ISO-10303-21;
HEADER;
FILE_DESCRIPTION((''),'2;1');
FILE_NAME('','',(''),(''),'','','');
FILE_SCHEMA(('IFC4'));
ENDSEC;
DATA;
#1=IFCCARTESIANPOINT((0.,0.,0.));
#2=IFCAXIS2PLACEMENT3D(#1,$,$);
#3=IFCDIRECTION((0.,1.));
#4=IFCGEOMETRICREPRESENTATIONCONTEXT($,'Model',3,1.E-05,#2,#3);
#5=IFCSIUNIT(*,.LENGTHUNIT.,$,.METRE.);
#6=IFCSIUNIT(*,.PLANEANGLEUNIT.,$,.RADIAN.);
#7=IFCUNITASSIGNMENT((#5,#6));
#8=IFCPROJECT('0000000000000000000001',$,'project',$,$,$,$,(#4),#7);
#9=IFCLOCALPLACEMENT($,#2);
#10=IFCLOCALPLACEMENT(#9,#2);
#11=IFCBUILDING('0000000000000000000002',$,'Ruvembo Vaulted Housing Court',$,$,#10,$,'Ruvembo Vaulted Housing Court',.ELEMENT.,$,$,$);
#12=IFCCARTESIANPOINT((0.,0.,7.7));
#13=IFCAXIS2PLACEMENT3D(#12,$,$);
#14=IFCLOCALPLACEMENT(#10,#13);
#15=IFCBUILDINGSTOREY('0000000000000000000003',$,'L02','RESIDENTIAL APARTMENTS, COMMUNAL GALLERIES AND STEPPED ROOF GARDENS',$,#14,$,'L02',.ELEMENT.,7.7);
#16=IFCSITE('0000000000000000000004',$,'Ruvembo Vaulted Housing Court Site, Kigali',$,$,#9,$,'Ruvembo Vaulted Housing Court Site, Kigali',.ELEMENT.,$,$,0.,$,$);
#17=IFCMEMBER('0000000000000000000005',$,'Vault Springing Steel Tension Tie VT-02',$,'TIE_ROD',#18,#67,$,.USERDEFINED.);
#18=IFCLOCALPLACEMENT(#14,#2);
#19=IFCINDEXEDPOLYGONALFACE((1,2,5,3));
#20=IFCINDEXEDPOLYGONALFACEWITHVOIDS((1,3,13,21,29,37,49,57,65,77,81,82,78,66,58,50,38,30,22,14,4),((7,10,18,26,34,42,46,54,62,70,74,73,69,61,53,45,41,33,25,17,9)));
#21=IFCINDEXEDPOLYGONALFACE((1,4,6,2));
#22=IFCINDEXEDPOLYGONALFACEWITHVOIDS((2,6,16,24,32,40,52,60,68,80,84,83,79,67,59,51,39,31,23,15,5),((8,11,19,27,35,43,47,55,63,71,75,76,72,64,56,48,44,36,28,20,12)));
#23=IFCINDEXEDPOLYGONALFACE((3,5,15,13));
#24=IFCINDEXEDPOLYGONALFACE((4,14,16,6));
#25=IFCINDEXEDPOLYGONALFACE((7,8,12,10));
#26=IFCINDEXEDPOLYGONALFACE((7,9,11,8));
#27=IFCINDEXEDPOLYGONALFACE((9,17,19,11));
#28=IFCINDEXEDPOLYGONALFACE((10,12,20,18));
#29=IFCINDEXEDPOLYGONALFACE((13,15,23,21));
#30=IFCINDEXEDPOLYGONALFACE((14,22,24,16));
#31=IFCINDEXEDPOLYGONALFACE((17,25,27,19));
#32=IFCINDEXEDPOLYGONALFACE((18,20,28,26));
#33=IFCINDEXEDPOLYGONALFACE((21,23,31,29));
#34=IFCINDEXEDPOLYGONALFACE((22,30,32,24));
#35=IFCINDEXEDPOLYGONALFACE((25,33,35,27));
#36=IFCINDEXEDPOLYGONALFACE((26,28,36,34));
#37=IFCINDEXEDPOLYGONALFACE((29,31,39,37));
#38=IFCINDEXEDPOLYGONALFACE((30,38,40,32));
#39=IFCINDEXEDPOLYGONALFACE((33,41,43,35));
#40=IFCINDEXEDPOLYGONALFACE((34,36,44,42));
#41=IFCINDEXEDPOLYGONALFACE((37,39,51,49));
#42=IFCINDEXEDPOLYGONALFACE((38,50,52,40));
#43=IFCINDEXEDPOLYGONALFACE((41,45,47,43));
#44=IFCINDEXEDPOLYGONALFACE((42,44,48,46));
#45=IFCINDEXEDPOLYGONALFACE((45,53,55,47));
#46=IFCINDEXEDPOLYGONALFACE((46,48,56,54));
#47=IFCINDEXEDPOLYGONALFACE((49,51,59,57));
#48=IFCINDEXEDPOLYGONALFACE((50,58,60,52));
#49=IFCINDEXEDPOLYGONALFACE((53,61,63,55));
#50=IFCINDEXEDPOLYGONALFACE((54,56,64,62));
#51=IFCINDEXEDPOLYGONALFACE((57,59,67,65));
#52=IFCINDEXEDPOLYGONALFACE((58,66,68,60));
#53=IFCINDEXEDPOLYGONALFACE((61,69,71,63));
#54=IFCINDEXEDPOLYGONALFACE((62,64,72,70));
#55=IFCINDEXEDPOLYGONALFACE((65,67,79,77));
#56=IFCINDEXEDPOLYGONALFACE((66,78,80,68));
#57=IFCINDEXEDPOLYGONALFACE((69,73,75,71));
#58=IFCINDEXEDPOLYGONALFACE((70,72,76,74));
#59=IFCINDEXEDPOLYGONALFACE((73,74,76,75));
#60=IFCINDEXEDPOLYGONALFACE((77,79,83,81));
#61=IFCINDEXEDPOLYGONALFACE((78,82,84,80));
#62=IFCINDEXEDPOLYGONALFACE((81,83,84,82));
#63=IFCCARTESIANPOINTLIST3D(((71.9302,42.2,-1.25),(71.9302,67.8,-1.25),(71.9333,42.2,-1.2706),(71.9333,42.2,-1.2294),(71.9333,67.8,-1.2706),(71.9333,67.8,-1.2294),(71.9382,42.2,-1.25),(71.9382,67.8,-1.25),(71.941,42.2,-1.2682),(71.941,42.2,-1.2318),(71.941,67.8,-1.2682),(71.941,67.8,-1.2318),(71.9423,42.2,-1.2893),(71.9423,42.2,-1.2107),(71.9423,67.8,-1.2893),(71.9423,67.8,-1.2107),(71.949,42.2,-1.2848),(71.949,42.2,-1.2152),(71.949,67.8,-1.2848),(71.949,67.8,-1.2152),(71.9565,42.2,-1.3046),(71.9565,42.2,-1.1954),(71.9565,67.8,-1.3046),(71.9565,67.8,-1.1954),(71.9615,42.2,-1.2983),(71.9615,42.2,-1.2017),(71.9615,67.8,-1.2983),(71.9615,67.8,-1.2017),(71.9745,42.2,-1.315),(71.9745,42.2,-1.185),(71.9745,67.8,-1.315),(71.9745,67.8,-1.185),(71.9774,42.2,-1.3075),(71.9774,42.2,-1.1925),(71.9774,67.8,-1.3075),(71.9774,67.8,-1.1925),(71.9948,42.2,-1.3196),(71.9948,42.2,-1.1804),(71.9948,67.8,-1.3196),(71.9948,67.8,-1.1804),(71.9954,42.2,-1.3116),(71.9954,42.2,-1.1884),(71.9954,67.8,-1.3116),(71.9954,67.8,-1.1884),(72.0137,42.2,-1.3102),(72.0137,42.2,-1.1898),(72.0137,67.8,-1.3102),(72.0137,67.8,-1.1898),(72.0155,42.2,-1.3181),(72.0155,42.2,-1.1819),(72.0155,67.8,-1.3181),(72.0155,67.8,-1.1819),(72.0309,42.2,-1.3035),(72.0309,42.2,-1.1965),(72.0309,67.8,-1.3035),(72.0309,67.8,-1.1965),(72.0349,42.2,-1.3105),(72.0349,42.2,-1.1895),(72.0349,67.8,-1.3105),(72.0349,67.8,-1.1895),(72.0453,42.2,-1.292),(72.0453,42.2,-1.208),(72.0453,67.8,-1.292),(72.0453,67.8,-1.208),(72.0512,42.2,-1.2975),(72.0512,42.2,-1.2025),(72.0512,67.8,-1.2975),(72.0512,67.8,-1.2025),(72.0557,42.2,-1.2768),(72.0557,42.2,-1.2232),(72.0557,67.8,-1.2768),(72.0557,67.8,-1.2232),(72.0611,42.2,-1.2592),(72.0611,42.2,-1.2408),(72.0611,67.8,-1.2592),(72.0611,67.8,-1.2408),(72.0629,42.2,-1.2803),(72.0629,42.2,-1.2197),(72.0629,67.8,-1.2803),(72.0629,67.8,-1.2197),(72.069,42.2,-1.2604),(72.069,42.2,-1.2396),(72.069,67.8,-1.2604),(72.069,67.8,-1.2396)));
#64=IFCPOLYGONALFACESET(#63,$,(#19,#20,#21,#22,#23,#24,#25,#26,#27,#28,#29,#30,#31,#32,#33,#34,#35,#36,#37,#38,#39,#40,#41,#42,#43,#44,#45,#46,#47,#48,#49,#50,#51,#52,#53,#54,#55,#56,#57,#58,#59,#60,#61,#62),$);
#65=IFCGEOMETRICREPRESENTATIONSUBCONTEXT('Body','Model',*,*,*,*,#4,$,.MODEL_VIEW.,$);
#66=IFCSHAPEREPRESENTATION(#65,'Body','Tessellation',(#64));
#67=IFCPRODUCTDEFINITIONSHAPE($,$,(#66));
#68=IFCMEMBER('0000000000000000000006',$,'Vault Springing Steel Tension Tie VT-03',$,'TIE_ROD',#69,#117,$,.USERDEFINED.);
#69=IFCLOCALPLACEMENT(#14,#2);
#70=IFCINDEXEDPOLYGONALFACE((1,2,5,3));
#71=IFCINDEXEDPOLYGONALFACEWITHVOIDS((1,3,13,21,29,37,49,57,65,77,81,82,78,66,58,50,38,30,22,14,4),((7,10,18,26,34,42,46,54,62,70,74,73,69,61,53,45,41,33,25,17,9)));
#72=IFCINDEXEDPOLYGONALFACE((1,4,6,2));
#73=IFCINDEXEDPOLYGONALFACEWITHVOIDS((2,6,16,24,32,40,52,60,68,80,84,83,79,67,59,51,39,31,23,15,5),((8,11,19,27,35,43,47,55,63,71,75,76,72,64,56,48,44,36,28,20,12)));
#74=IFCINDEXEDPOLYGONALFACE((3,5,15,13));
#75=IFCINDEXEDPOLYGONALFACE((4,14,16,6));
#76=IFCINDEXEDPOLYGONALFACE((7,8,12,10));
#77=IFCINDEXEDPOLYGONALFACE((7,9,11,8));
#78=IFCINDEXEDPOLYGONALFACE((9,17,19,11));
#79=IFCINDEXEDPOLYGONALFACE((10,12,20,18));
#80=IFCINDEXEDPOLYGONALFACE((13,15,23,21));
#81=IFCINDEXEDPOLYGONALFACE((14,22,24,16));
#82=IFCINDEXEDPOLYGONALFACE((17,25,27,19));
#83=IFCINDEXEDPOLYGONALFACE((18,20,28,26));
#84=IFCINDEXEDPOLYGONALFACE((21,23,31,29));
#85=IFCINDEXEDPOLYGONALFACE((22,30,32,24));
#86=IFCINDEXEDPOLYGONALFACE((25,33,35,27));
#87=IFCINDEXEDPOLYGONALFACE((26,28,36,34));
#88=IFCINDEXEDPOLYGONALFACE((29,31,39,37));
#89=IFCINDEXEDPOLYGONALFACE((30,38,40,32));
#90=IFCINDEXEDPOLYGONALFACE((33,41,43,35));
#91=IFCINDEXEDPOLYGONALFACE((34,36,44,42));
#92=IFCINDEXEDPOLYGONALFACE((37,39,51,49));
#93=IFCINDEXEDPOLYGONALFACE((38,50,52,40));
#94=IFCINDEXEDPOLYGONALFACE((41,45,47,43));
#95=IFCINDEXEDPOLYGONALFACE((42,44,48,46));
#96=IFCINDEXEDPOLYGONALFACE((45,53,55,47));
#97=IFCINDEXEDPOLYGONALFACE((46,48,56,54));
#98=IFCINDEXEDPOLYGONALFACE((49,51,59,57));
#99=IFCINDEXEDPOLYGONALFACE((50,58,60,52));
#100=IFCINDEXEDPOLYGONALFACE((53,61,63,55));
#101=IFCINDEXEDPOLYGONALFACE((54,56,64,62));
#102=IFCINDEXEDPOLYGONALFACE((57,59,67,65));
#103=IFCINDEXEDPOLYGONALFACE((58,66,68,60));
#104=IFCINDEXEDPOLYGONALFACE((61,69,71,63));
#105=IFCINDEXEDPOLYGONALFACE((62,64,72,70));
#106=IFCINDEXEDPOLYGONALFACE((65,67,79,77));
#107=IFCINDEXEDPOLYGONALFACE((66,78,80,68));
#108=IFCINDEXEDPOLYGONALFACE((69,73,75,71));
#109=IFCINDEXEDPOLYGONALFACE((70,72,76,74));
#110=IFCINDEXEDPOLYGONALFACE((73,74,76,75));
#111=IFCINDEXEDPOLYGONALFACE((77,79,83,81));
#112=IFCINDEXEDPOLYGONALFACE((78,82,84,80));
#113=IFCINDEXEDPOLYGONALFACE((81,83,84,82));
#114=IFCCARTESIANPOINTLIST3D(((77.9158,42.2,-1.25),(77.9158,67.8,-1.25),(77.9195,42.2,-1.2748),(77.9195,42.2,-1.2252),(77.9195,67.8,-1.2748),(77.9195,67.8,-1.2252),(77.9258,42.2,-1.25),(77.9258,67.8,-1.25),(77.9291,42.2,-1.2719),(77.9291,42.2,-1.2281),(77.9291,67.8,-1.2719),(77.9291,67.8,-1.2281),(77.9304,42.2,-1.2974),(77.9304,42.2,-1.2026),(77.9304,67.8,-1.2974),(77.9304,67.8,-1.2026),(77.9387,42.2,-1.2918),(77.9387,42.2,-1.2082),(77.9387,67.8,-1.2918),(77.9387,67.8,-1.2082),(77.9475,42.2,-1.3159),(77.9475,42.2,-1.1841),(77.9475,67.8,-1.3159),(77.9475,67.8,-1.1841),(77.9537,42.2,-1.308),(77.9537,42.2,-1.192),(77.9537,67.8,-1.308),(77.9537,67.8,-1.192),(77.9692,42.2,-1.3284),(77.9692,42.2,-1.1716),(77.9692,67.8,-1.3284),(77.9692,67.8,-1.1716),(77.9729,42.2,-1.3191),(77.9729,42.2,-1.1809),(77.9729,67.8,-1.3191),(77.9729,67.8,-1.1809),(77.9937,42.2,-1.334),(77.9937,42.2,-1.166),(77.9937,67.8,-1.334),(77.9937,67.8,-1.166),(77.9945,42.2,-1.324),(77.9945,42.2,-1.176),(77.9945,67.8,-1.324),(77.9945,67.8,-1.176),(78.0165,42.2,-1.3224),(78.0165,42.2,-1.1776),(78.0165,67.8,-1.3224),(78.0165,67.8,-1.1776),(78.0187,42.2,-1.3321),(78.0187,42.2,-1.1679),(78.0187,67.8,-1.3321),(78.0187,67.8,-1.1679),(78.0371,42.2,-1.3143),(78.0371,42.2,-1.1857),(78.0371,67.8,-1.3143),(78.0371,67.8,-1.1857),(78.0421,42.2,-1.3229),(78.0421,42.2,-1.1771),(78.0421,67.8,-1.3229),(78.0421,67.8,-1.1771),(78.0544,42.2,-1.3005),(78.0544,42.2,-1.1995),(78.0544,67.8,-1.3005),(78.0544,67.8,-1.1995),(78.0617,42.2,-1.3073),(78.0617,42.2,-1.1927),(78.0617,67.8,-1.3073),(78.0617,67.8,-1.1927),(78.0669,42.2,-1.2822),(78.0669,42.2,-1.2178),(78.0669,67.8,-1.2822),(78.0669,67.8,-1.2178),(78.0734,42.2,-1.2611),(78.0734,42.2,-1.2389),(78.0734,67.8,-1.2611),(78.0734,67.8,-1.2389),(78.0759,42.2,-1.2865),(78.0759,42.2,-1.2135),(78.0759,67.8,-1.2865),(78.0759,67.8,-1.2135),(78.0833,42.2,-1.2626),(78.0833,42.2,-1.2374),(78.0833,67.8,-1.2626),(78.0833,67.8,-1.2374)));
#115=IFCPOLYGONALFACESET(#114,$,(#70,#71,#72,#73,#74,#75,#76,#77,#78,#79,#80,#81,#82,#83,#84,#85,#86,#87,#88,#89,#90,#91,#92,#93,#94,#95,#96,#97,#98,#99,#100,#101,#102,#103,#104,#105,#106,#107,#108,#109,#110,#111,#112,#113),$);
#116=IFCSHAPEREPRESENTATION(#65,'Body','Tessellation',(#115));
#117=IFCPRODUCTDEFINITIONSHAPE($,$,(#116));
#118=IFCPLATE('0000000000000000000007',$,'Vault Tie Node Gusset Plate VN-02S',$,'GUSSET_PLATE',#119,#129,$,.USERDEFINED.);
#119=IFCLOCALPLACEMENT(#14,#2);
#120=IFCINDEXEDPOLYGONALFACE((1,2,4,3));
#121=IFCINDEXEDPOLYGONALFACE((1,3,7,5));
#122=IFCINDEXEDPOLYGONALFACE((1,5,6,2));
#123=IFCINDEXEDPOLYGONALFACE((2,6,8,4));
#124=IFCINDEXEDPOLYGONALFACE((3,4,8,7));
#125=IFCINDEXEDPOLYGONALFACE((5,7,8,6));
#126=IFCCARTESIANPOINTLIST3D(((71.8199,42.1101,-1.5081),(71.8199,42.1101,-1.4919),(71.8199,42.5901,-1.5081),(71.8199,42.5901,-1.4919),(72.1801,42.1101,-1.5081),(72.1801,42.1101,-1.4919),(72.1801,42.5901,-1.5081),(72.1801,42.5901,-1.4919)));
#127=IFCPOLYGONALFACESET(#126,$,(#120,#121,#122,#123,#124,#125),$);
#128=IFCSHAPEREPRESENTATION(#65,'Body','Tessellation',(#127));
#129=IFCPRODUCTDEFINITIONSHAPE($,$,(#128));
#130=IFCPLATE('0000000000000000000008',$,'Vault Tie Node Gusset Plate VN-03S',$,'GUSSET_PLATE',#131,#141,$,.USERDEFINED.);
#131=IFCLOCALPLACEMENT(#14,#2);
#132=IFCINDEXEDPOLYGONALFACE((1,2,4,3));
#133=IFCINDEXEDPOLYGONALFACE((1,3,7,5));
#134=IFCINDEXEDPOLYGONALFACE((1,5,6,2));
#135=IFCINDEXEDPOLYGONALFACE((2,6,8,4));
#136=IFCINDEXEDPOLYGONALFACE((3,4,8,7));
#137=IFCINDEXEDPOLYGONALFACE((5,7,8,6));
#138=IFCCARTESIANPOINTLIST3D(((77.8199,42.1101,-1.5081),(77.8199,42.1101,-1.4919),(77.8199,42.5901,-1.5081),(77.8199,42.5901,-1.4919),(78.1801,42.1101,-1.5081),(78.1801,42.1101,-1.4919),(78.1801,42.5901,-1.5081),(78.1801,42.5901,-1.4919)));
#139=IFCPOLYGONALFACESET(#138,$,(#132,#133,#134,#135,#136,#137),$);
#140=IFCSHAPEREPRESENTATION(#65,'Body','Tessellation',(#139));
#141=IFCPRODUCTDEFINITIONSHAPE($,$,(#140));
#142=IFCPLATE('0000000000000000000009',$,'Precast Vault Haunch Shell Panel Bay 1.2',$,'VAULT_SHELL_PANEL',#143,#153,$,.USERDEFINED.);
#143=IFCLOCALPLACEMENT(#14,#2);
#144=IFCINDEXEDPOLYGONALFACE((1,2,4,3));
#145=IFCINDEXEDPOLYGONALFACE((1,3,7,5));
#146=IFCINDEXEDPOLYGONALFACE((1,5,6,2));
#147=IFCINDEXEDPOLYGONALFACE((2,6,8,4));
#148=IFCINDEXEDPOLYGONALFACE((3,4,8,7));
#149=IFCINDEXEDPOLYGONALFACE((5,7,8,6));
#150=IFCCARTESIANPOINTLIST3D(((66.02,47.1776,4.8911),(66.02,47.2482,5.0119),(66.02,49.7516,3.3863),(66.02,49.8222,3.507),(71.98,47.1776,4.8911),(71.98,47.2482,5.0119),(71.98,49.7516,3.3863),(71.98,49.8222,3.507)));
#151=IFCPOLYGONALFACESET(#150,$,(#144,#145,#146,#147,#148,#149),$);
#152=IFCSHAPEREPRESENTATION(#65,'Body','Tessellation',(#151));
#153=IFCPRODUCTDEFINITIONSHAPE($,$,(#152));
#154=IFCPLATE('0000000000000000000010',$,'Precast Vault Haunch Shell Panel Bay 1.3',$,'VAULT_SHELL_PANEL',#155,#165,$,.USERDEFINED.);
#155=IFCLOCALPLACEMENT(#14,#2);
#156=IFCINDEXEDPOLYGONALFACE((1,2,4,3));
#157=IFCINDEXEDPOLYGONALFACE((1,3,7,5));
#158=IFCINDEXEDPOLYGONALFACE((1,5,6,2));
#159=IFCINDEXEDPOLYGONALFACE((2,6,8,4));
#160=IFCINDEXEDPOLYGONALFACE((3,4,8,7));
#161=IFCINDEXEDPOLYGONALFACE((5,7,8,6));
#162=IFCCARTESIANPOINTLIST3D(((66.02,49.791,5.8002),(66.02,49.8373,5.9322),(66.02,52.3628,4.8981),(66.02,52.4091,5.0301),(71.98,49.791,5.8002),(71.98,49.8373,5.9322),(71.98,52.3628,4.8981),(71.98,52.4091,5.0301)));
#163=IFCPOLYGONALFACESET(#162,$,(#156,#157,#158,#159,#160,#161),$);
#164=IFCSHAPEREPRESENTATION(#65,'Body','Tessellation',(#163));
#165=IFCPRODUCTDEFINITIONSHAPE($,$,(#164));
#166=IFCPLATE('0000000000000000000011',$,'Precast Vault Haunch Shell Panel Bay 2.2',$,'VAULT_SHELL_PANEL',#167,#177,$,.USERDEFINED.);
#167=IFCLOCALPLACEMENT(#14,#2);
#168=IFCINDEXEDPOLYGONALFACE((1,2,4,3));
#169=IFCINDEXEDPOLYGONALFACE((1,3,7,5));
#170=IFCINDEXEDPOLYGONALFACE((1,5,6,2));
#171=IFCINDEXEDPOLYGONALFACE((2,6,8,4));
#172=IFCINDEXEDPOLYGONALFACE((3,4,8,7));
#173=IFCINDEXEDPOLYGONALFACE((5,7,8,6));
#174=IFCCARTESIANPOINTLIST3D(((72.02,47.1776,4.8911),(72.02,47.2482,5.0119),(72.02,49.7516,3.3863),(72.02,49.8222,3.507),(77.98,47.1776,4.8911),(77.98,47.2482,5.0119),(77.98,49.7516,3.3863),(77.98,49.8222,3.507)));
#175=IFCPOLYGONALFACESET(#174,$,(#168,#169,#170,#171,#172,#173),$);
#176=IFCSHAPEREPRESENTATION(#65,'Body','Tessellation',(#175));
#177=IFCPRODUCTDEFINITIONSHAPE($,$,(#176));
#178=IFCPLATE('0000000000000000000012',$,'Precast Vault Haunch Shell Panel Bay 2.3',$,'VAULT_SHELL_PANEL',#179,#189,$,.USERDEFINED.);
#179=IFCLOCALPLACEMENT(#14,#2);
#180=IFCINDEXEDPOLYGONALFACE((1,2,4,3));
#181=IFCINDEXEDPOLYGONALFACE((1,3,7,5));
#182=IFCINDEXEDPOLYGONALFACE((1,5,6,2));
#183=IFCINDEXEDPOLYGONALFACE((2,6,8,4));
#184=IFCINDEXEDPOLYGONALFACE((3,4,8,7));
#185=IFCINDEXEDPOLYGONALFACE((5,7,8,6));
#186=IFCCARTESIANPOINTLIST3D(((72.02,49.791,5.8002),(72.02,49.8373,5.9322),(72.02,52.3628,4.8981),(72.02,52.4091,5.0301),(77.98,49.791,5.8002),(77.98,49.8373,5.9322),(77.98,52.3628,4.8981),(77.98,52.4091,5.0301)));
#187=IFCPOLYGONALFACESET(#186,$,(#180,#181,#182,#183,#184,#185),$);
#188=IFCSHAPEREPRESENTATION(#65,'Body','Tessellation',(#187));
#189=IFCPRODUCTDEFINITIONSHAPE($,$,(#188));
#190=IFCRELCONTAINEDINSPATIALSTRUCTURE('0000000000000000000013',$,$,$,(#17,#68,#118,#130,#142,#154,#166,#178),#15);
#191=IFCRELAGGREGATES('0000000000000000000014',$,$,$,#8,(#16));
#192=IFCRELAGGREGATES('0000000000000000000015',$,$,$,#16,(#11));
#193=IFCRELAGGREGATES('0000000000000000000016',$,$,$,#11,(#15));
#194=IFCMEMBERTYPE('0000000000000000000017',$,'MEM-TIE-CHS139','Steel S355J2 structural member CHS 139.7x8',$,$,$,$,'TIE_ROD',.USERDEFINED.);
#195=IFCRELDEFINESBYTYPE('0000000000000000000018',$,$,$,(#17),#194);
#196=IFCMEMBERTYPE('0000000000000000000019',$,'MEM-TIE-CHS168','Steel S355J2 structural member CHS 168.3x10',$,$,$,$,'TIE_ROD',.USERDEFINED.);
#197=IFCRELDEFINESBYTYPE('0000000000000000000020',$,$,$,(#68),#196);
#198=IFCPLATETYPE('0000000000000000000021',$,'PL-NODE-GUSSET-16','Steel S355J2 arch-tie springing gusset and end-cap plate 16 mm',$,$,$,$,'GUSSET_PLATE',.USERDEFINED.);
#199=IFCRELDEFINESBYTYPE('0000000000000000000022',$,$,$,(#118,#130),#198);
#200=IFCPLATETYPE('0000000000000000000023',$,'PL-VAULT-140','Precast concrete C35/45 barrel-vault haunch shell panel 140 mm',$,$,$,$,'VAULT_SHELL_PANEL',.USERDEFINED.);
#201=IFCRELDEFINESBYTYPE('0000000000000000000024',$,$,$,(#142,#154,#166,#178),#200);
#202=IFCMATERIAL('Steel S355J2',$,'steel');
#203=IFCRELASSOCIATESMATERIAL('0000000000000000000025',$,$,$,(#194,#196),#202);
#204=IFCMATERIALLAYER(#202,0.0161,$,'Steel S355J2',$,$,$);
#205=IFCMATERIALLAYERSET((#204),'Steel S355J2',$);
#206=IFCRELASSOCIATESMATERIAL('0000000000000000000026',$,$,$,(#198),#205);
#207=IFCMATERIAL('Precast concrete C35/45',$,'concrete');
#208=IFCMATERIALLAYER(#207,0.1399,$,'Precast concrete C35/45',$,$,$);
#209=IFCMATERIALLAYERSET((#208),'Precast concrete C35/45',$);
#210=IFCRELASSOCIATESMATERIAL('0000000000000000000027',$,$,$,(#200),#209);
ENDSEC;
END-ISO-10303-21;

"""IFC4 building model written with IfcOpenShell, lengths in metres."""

from ifc_helpers import new_model, si_unit, direction, frame, origin, origin_2d, place, context, subcontext, project, spatial, rectangle, hollow_circle, extrude, material, layer, layer_set, material_profile, profile_set, type_object, element, save


model = new_model("IFC4")

# Units and contexts
model_context = context("Model", 3, precision=1e-05, world=origin(), true_north=direction((0.0, 1.0)))
body_context = subcontext(model_context, "Body", "Model", "MODEL_VIEW")
ifc_project = project(units=[si_unit("LENGTHUNIT", "METRE"), si_unit("PLANEANGLEUNIT", "RADIAN")], contexts=[model_context])

# Site, building, storey
site_placement = place(None, origin())
site = spatial("IfcSite", under=ifc_project, at=site_placement, Name="Ruvembo Vaulted Housing Court Site, Kigali", LongName="Ruvembo Vaulted Housing Court Site, Kigali", CompositionType="ELEMENT", RefElevation=0.0)
building_placement = place(site_placement, origin())
building = spatial("IfcBuilding", under=site, at=building_placement, Name="Ruvembo Vaulted Housing Court", LongName="Ruvembo Vaulted Housing Court", CompositionType="ELEMENT")
storey_placement = place(building_placement, frame((0.0, 0.0, 7.7)))
storey = spatial("IfcBuildingStorey", under=building, at=storey_placement, Name="L02", Description="RESIDENTIAL APARTMENTS, COMMUNAL GALLERIES AND STEPPED ROOF GARDENS", LongName="L02", CompositionType="ELEMENT", Elevation=7.7)

# Shared definitions
ifc_material_1 = material(Name="Steel S355J2", Category="steel")

# Members
ifc_material_profile_1 = material_profile(ifc_material_1, hollow_circle(Radius=0.0698, WallThickness=0.0081, at=origin_2d()), Name="CHS 139.7x8")
ifc_profile_set_1 = profile_set([ifc_material_profile_1], Name="Steel S355J2")
member_type_1 = type_object("IfcMemberType", Name="MEM-TIE-CHS139", Description="Steel S355J2 structural member CHS 139.7x8", ElementType="TIE_ROD", PredefinedType="USERDEFINED", material=ifc_profile_set_1)
member_1_placement = place(storey_placement, frame((72.0, 42.2, -1.25), z_axis=(0.0, 1.0, 0.0), x_axis=(-1.0, 0.0, 0.0)))
element("IfcMember", 1, at=member_1_placement, inside=storey, type_object=member_type_1, Name="Vault Springing Steel Tension Tie VT-02", ObjectType="TIE_ROD", PredefinedType="USERDEFINED", context=body_context, shape_type="SweptSolid", body=[
    extrude(hollow_circle(Radius=0.0698, WallThickness=0.0081, at=origin_2d()), origin(), (0.0, 0.0, 1.0), 25.6001),
])
ifc_material_profile_2 = material_profile(ifc_material_1, hollow_circle(Radius=0.0842, WallThickness=0.01, at=origin_2d()), Name="CHS 168.3x10")
ifc_profile_set_2 = profile_set([ifc_material_profile_2], Name="Steel S355J2")
member_type_2 = type_object("IfcMemberType", Name="MEM-TIE-CHS168", Description="Steel S355J2 structural member CHS 168.3x10", ElementType="TIE_ROD", PredefinedType="USERDEFINED", material=ifc_profile_set_2)
member_2_placement = place(storey_placement, frame((78.0, 42.2, -1.25), z_axis=(0.0, 1.0, 0.0), x_axis=(-1.0, 0.0, 0.0)))
element("IfcMember", 2, at=member_2_placement, inside=storey, type_object=member_type_2, Name="Vault Springing Steel Tension Tie VT-03", ObjectType="TIE_ROD", PredefinedType="USERDEFINED", context=body_context, shape_type="SweptSolid", body=[
    extrude(hollow_circle(Radius=0.0842, WallThickness=0.01, at=origin_2d()), origin(), (0.0, 0.0, 1.0), 25.6001),
])

# Plates
ifc_layer_1 = layer(ifc_material_1, 0.0161, Name="Steel S355J2")
ifc_layer_set_1 = layer_set([ifc_layer_1], Name="Steel S355J2")
plate_type_1 = type_object("IfcPlateType", Name="PL-NODE-GUSSET-16", Description="Steel S355J2 arch-tie springing gusset and end-cap plate 16 mm", ElementType="GUSSET_PLATE", PredefinedType="USERDEFINED", material=ifc_layer_set_1)
for number, where, z_axis, x_axis, name in (
    (3, (72.0, 42.3501, -1.5081), (0.0, 0.0, 1.0), (0.0, 1.0, 0.0), "Vault Tie Node Gusset Plate VN-02S"),
    (4, (78.0, 42.3501, -1.5081), (0.0, 0.0, 1.0), (0.0, 1.0, 0.0), "Vault Tie Node Gusset Plate VN-03S"),
):
    element("IfcPlate", number, at=place(storey_placement, frame(where, z_axis=z_axis, x_axis=x_axis)), inside=storey, type_object=plate_type_1, Name=name, ObjectType="GUSSET_PLATE", PredefinedType="USERDEFINED", context=body_context, shape_type="SweptSolid", body=[
        extrude(rectangle(XDim=0.48, YDim=0.3601, at=origin_2d()), origin(), (0.0, 0.0, 1.0), 0.0161),
    ])
ifc_material_2 = material(Name="Precast concrete C35/45", Category="concrete")
ifc_layer_2 = layer(ifc_material_2, 0.1399, Name="Precast concrete C35/45")
ifc_layer_set_2 = layer_set([ifc_layer_2], Name="Precast concrete C35/45")
plate_type_2 = type_object("IfcPlateType", Name="PL-VAULT-140", Description="Precast concrete C35/45 barrel-vault haunch shell panel 140 mm", ElementType="VAULT_SHELL_PANEL", PredefinedType="USERDEFINED", material=ifc_layer_set_2)
plate_1_placement = place(storey_placement, frame((69.0, 48.4646, 4.1387), z_axis=(0.0, 0.504693, 0.863299), x_axis=(1.0, 0.0, 0.0)))
element("IfcPlate", 5, at=plate_1_placement, inside=storey, type_object=plate_type_2, Name="Precast Vault Haunch Shell Panel Bay 1.2", ObjectType="VAULT_SHELL_PANEL", PredefinedType="USERDEFINED", context=body_context, shape_type="SweptSolid", body=[
    extrude(rectangle(XDim=5.96, YDim=2.9817, at=origin_2d()), origin(), (0.0, 0.0, 1.0), 0.1399),
])
plate_2_placement = place(storey_placement, frame((69.0, 51.0769, 5.3491), z_axis=(0.0, 0.330992, 0.943634), x_axis=(1.0, 0.0, 0.0)))
element("IfcPlate", 6, at=plate_2_placement, inside=storey, type_object=plate_type_2, Name="Precast Vault Haunch Shell Panel Bay 1.3", ObjectType="VAULT_SHELL_PANEL", PredefinedType="USERDEFINED", context=body_context, shape_type="SweptSolid", body=[
    extrude(rectangle(XDim=5.96, YDim=2.7253, at=origin_2d()), origin(), (0.0, 0.0, 1.0), 0.1399),
])
plate_3_placement = place(storey_placement, frame((75.0, 48.4646, 4.1387), z_axis=(0.0, 0.504693, 0.863299), x_axis=(1.0, 0.0, 0.0)))
element("IfcPlate", 7, at=plate_3_placement, inside=storey, type_object=plate_type_2, Name="Precast Vault Haunch Shell Panel Bay 2.2", ObjectType="VAULT_SHELL_PANEL", PredefinedType="USERDEFINED", context=body_context, shape_type="SweptSolid", body=[
    extrude(rectangle(XDim=5.96, YDim=2.9817, at=origin_2d()), origin(), (0.0, 0.0, 1.0), 0.1399),
])
plate_4_placement = place(storey_placement, frame((75.0, 51.0769, 5.3491), z_axis=(0.0, 0.330992, 0.943634), x_axis=(1.0, 0.0, 0.0)))
element("IfcPlate", 8, at=plate_4_placement, inside=storey, type_object=plate_type_2, Name="Precast Vault Haunch Shell Panel Bay 2.3", ObjectType="VAULT_SHELL_PANEL", PredefinedType="USERDEFINED", context=body_context, shape_type="SweptSolid", body=[
    extrude(rectangle(XDim=5.96, YDim=2.7253, at=origin_2d()), origin(), (0.0, 0.0, 1.0), 0.1399),
])

save(model, "model.ifc")
